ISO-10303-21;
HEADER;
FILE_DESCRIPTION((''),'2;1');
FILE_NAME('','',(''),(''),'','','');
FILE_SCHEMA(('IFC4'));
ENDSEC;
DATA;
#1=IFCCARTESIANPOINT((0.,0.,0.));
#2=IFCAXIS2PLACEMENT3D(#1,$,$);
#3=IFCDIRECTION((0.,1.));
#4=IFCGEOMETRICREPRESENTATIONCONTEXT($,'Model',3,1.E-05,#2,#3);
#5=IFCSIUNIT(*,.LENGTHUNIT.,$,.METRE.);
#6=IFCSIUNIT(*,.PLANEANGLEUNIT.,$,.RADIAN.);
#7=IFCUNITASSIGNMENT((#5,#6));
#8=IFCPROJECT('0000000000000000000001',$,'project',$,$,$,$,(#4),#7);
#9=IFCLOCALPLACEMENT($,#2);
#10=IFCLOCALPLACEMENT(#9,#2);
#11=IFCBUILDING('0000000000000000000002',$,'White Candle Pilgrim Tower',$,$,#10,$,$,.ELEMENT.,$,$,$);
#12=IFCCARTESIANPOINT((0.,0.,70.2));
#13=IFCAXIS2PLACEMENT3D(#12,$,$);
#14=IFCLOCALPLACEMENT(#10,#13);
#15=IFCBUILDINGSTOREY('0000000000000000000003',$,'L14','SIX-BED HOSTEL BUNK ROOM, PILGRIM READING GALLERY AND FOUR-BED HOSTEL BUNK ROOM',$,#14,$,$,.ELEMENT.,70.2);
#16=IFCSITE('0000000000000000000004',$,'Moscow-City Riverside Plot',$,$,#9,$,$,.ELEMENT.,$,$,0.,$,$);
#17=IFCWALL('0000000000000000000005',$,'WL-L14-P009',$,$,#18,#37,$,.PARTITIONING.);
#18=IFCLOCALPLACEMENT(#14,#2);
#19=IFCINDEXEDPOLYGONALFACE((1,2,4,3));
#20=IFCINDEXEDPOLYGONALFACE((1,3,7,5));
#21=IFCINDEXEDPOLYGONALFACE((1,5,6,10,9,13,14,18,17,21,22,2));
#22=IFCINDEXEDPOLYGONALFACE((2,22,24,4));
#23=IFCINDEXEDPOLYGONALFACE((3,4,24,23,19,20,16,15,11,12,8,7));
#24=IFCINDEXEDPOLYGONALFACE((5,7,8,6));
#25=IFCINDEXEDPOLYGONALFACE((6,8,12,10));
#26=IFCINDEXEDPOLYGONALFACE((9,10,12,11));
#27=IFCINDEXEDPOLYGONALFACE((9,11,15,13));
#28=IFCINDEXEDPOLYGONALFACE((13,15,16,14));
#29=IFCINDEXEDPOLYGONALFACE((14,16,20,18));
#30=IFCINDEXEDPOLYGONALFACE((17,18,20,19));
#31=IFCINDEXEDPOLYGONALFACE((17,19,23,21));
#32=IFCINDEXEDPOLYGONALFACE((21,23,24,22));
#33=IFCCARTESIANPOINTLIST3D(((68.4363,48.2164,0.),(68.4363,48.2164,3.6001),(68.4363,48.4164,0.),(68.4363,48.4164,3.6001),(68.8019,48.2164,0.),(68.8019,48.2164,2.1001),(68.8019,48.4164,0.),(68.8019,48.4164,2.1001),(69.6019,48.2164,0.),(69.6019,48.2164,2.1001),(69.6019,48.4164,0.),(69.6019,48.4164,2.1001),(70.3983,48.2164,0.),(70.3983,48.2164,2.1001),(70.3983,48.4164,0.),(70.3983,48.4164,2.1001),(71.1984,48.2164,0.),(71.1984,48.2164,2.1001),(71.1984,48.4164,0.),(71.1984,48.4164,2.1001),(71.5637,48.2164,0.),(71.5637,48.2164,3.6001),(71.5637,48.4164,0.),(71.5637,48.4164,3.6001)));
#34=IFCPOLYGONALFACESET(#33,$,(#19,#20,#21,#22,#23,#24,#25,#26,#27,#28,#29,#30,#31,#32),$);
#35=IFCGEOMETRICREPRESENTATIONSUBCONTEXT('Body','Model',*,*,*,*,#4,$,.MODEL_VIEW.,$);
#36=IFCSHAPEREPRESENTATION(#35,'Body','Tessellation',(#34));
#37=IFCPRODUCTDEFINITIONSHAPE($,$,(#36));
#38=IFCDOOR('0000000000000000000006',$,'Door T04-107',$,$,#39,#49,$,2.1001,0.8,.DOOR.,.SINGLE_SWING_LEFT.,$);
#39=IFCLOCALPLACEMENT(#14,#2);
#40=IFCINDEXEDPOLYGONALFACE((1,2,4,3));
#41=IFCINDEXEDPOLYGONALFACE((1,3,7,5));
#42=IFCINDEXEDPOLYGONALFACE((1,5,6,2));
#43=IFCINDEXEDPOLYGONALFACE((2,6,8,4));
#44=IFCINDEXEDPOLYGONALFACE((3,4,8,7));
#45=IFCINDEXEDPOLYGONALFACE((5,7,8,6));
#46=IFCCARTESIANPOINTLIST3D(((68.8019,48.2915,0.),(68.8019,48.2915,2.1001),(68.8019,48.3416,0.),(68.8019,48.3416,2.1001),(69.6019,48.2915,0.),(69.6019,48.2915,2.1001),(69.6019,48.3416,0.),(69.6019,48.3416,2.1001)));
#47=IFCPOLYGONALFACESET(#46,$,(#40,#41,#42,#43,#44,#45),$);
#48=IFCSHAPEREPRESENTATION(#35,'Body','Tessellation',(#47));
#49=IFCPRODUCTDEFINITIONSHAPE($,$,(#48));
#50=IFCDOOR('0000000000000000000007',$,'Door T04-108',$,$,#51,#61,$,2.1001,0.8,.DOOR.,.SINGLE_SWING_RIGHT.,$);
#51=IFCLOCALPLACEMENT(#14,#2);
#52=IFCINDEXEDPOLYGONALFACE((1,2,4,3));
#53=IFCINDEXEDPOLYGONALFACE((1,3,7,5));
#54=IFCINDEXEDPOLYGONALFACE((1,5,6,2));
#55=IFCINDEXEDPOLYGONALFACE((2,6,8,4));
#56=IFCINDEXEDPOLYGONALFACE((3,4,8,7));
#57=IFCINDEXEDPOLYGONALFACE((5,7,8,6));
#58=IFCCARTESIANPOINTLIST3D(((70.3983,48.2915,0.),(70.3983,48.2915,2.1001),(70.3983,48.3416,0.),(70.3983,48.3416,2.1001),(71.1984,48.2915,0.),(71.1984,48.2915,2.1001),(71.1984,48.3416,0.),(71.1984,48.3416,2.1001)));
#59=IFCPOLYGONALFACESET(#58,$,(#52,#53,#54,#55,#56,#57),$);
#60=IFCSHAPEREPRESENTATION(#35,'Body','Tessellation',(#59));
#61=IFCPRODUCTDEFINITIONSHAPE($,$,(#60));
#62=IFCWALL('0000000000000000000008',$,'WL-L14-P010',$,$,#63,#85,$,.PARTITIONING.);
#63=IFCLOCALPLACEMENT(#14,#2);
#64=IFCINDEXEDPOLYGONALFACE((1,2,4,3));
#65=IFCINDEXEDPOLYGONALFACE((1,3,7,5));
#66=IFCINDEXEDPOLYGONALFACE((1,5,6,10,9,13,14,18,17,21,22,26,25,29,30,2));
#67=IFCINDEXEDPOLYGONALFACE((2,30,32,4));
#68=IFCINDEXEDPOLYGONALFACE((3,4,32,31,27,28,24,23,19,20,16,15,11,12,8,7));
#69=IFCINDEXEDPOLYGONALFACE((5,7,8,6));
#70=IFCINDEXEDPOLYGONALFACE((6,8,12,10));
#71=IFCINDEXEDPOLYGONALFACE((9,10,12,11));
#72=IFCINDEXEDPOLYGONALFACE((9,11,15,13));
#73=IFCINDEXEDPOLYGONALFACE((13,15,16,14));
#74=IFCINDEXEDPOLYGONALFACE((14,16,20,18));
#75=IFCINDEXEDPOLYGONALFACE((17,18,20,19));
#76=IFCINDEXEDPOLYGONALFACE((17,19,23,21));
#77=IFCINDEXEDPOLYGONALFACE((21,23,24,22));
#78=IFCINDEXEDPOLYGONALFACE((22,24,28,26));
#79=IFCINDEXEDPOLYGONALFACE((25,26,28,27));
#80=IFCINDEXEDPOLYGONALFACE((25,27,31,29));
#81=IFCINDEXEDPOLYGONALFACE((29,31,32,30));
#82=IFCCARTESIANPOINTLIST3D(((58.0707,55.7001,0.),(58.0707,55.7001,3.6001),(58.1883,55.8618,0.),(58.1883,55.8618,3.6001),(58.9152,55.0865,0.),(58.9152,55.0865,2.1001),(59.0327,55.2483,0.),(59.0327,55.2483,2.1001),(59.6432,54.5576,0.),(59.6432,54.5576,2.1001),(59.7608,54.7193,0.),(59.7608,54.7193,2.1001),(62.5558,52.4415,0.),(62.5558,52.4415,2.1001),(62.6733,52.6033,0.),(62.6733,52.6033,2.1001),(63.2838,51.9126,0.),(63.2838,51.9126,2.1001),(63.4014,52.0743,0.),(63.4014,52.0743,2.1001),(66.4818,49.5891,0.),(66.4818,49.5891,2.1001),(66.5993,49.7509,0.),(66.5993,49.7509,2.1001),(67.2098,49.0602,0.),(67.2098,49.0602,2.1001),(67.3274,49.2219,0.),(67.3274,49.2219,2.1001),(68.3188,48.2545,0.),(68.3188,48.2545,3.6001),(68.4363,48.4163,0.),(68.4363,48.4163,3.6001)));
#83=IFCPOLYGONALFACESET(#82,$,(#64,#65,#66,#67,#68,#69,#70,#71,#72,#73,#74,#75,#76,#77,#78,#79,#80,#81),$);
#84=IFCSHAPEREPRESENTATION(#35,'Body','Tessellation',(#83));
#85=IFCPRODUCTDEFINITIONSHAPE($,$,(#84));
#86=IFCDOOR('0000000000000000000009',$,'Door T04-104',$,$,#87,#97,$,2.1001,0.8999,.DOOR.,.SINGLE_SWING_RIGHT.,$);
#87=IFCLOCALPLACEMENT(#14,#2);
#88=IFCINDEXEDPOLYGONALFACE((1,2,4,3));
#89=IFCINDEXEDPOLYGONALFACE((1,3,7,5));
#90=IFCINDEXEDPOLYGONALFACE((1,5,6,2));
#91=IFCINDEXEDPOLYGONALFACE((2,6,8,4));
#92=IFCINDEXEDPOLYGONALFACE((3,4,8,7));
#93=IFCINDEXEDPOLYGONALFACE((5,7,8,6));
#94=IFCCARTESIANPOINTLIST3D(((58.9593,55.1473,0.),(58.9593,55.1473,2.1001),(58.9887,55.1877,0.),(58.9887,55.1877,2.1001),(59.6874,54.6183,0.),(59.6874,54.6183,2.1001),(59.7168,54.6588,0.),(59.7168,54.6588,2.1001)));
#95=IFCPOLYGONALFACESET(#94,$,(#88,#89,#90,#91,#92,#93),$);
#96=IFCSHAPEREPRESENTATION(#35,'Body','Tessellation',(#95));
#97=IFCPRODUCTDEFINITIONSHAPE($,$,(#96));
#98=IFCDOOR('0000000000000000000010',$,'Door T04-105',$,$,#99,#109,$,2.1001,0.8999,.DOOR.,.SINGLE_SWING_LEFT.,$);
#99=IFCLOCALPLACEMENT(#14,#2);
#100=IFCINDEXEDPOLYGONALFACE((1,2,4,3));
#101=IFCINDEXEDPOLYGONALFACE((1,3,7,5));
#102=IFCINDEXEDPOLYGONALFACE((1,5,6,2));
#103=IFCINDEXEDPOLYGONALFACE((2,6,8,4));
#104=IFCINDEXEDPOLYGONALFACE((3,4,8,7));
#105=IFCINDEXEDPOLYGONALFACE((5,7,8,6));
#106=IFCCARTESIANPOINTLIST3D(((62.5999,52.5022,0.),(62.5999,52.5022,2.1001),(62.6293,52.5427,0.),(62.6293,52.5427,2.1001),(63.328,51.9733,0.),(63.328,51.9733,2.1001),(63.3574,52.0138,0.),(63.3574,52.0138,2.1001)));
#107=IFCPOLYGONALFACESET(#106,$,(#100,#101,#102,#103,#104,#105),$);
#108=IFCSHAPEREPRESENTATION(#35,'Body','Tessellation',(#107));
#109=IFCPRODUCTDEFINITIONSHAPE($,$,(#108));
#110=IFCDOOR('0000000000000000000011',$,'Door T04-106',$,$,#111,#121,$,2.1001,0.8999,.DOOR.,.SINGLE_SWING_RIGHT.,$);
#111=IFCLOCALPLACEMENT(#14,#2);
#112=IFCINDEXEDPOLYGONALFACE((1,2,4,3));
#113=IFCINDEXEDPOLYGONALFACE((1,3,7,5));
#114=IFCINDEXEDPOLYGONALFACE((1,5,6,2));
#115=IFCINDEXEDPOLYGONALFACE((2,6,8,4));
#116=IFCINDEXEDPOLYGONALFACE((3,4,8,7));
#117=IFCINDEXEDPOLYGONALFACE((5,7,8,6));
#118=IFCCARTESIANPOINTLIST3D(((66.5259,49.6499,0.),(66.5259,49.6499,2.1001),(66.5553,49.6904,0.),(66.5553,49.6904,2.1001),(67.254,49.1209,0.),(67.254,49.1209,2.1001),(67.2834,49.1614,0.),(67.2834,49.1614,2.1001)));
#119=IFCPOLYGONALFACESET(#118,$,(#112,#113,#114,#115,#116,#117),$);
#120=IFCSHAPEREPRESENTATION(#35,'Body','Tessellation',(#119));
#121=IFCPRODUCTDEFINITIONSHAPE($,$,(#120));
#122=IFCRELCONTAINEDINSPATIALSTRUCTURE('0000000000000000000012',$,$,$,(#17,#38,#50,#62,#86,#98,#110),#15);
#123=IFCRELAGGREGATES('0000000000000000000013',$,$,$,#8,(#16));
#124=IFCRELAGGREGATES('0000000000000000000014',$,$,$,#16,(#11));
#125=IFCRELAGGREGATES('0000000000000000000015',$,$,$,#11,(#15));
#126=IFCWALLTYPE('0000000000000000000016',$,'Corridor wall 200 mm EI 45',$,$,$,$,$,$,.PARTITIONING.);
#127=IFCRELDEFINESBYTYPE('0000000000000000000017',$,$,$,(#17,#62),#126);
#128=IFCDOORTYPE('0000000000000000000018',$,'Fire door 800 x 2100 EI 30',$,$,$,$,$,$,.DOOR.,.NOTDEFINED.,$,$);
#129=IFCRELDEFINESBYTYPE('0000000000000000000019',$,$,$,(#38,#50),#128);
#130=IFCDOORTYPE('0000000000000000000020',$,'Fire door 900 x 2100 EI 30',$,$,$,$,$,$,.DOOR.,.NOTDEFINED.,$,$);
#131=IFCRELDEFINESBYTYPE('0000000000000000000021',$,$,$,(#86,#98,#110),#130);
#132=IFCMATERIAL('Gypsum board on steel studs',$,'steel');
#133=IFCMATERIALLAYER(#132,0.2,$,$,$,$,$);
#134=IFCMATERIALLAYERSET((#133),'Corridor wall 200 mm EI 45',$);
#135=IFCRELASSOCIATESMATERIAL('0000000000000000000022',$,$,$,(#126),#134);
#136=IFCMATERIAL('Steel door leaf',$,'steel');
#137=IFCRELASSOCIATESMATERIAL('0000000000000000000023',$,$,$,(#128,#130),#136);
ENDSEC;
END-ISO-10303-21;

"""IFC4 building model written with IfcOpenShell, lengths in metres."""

from ifc_helpers import new_model, si_unit, direction, frame, frame_2d, origin, place, context, subcontext, project, spatial, rectangle, extrude, material, layer, layer_set, type_object, element, fill, save


model = new_model("IFC4")

# Units and contexts
model_context = context("Model", 3, precision=1e-05, world=origin(), true_north=direction((0.0, 1.0)))
body_context = subcontext(model_context, "Body", "Model", "MODEL_VIEW")
ifc_project = project(units=[si_unit("LENGTHUNIT", "METRE"), si_unit("PLANEANGLEUNIT", "RADIAN")], contexts=[model_context])

# Site, building, storey
site_placement = place(None, origin())
site = spatial("IfcSite", under=ifc_project, at=site_placement, Name="Moscow-City Riverside Plot", CompositionType="ELEMENT", RefElevation=0.0)
building_placement = place(site_placement, origin())
building = spatial("IfcBuilding", under=site, at=building_placement, Name="White Candle Pilgrim Tower", CompositionType="ELEMENT")
storey_placement = place(building_placement, frame((0.0, 0.0, 70.2)))
storey = spatial("IfcBuildingStorey", under=building, at=storey_placement, Name="L14", Description="SIX-BED HOSTEL BUNK ROOM, PILGRIM READING GALLERY AND FOUR-BED HOSTEL BUNK ROOM", CompositionType="ELEMENT", Elevation=70.2)

# Walls, openings, doors
ifc_material_1 = material(Name="Gypsum board on steel studs", Category="steel")
ifc_layer_1 = layer(ifc_material_1, 0.2)
ifc_layer_set_1 = layer_set([ifc_layer_1], Name="Corridor wall 200 mm EI 45")
wall_type_1 = type_object("IfcWallType", Name="Corridor wall 200 mm EI 45", PredefinedType="PARTITIONING", material=ifc_layer_set_1)
wall_1_placement = place(storey_placement, frame((71.5637, 48.3164, 0.0), z_axis=(0.0, 0.0, 1.0), x_axis=(-1.0, 0.0, 0.0)))
wall_1 = element("IfcWall", 1, at=wall_1_placement, inside=storey, type_object=wall_type_1, Name="WL-L14-P009", PredefinedType="PARTITIONING", context=body_context, shape_type="SweptSolid", body=[
    extrude(rectangle(XDim=3.1274, YDim=0.2, at=frame_2d((1.5637, 0.0))), origin(), (0.0, 0.0, 1.0), 3.6001),
])
opening_1_placement = place(wall_1_placement, frame((1.9619, 0.0, 0.0)))
opening_1 = element("IfcOpeningElement", 2, at=opening_1_placement, cuts=wall_1, PredefinedType="OPENING", context=body_context, shape_type="SweptSolid", body=[
    extrude(rectangle(XDim=0.8, YDim=2.1001, at=frame_2d((0.3999, 1.05))), frame((0.0, 0.1099, 0.0), z_axis=(0.0, -1.0, 0.0), x_axis=(1.0, 0.0, 0.0)), (0.0, 0.0, 1.0), 0.22),
])
opening_2_placement = place(wall_1_placement, frame((0.3655, 0.0, 0.0)))
opening_2 = element("IfcOpeningElement", 3, at=opening_2_placement, cuts=wall_1, PredefinedType="OPENING", context=body_context, shape_type="SweptSolid", body=[
    extrude(rectangle(XDim=0.8, YDim=2.1001, at=frame_2d((0.3999, 1.05))), frame((0.0, 0.1099, 0.0), z_axis=(0.0, -1.0, 0.0), x_axis=(1.0, 0.0, 0.0)), (0.0, 0.0, 1.0), 0.22),
])
ifc_material_2 = material(Name="Steel door leaf", Category="steel")
door_type_1 = type_object("IfcDoorType", Name="Fire door 800 x 2100 EI 30", OperationType="NOTDEFINED", PredefinedType="DOOR", material=ifc_material_2)
door_1_placement = place(opening_1_placement, origin())
door_1 = element("IfcDoor", 4, at=door_1_placement, inside=storey, type_object=door_type_1, Name="Door T04-107", OperationType="SINGLE_SWING_LEFT", OverallHeight=2.1001, OverallWidth=0.8, PredefinedType="DOOR", context=body_context, shape_type="SweptSolid", body=[
    extrude(rectangle(XDim=0.8, YDim=2.1001, at=frame_2d((0.3999, 1.05))), frame((0.0, 0.0249, 0.0), z_axis=(0.0, -1.0, 0.0), x_axis=(1.0, 0.0, 0.0)), (0.0, 0.0, 1.0), 0.05),
])
fill(opening_1, door_1)
door_2_placement = place(opening_2_placement, origin())
door_2 = element("IfcDoor", 5, at=door_2_placement, inside=storey, type_object=door_type_1, Name="Door T04-108", OperationType="SINGLE_SWING_RIGHT", OverallHeight=2.1001, OverallWidth=0.8, PredefinedType="DOOR", context=body_context, shape_type="SweptSolid", body=[
    extrude(rectangle(XDim=0.8, YDim=2.1001, at=frame_2d((0.3999, 1.05))), frame((0.0, 0.0249, 0.0), z_axis=(0.0, -1.0, 0.0), x_axis=(1.0, 0.0, 0.0)), (0.0, 0.0, 1.0), 0.05),
])
fill(opening_2, door_2)
wall_2_placement = place(storey_placement, frame((68.3774, 48.3354, 0.0), z_axis=(0.0, 0.0, 1.0), x_axis=(-0.80902, 0.587781, 0.0)))
wall_2 = element("IfcWall", 6, at=wall_2_placement, inside=storey, type_object=wall_type_1, Name="WL-L14-P010", PredefinedType="PARTITIONING", context=body_context, shape_type="SweptSolid", body=[
    extrude(rectangle(XDim=12.6672, YDim=0.2, at=frame_2d((6.3335, 0.0))), origin(), (0.0, 0.0, 1.0), 3.6001),
])
opening_3_placement = place(wall_2_placement, frame((10.7234, 0.0, 0.0)))
opening_3 = element("IfcOpeningElement", 7, at=opening_3_placement, cuts=wall_2, PredefinedType="OPENING", context=body_context, shape_type="SweptSolid", body=[
    extrude(rectangle(XDim=0.8999, YDim=2.1001, at=frame_2d((0.45, 1.05))), frame((0.0, 0.1099, 0.0), z_axis=(0.0, -1.0, 0.0), x_axis=(1.0, 0.0, 0.0)), (0.0, 0.0, 1.0), 0.22),
])
opening_4_placement = place(wall_2_placement, frame((6.2234, 0.0, 0.0)))
opening_4 = element("IfcOpeningElement", 8, at=opening_4_placement, cuts=wall_2, PredefinedType="OPENING", context=body_context, shape_type="SweptSolid", body=[
    extrude(rectangle(XDim=0.8999, YDim=2.1001, at=frame_2d((0.45, 1.05))), frame((0.0, 0.1099, 0.0), z_axis=(0.0, -1.0, 0.0), x_axis=(1.0, 0.0, 0.0)), (0.0, 0.0, 1.0), 0.22),
])
opening_5_placement = place(wall_2_placement, frame((1.3706, 0.0, 0.0)))
opening_5 = element("IfcOpeningElement", 9, at=opening_5_placement, cuts=wall_2, PredefinedType="OPENING", context=body_context, shape_type="SweptSolid", body=[
    extrude(rectangle(XDim=0.8999, YDim=2.1001, at=frame_2d((0.45, 1.05))), frame((0.0, 0.1099, 0.0), z_axis=(0.0, -1.0, 0.0), x_axis=(1.0, 0.0, 0.0)), (0.0, 0.0, 1.0), 0.22),
])
door_type_2 = type_object("IfcDoorType", Name="Fire door 900 x 2100 EI 30", OperationType="NOTDEFINED", PredefinedType="DOOR", material=ifc_material_2)
door_3_placement = place(opening_3_placement, origin())
door_3 = element("IfcDoor", 10, at=door_3_placement, inside=storey, type_object=door_type_2, Name="Door T04-104", OperationType="SINGLE_SWING_RIGHT", OverallHeight=2.1001, OverallWidth=0.8999, PredefinedType="DOOR", context=body_context, shape_type="SweptSolid", body=[
    extrude(rectangle(XDim=0.8999, YDim=2.1001, at=frame_2d((0.45, 1.05))), frame((0.0, 0.0249, 0.0), z_axis=(0.0, -1.0, 0.0), x_axis=(1.0, 0.0, 0.0)), (0.0, 0.0, 1.0), 0.05),
])
fill(opening_3, door_3)
door_4_placement = place(opening_4_placement, origin())
door_4 = element("IfcDoor", 11, at=door_4_placement, inside=storey, type_object=door_type_2, Name="Door T04-105", OperationType="SINGLE_SWING_LEFT", OverallHeight=2.1001, OverallWidth=0.8999, PredefinedType="DOOR", context=body_context, shape_type="SweptSolid", body=[
    extrude(rectangle(XDim=0.8999, YDim=2.1001, at=frame_2d((0.45, 1.05))), frame((0.0, 0.0249, 0.0), z_axis=(0.0, -1.0, 0.0), x_axis=(1.0, 0.0, 0.0)), (0.0, 0.0, 1.0), 0.05),
])
fill(opening_4, door_4)
door_5_placement = place(opening_5_placement, origin())
door_5 = element("IfcDoor", 12, at=door_5_placement, inside=storey, type_object=door_type_2, Name="Door T04-106", OperationType="SINGLE_SWING_RIGHT", OverallHeight=2.1001, OverallWidth=0.8999, PredefinedType="DOOR", context=body_context, shape_type="SweptSolid", body=[
    extrude(rectangle(XDim=0.8999, YDim=2.1001, at=frame_2d((0.45, 1.05))), frame((0.0, 0.0249, 0.0), z_axis=(0.0, -1.0, 0.0), x_axis=(1.0, 0.0, 0.0)), (0.0, 0.0, 1.0), 0.05),
])
fill(opening_5, door_5)

save(model, "model.ifc")
